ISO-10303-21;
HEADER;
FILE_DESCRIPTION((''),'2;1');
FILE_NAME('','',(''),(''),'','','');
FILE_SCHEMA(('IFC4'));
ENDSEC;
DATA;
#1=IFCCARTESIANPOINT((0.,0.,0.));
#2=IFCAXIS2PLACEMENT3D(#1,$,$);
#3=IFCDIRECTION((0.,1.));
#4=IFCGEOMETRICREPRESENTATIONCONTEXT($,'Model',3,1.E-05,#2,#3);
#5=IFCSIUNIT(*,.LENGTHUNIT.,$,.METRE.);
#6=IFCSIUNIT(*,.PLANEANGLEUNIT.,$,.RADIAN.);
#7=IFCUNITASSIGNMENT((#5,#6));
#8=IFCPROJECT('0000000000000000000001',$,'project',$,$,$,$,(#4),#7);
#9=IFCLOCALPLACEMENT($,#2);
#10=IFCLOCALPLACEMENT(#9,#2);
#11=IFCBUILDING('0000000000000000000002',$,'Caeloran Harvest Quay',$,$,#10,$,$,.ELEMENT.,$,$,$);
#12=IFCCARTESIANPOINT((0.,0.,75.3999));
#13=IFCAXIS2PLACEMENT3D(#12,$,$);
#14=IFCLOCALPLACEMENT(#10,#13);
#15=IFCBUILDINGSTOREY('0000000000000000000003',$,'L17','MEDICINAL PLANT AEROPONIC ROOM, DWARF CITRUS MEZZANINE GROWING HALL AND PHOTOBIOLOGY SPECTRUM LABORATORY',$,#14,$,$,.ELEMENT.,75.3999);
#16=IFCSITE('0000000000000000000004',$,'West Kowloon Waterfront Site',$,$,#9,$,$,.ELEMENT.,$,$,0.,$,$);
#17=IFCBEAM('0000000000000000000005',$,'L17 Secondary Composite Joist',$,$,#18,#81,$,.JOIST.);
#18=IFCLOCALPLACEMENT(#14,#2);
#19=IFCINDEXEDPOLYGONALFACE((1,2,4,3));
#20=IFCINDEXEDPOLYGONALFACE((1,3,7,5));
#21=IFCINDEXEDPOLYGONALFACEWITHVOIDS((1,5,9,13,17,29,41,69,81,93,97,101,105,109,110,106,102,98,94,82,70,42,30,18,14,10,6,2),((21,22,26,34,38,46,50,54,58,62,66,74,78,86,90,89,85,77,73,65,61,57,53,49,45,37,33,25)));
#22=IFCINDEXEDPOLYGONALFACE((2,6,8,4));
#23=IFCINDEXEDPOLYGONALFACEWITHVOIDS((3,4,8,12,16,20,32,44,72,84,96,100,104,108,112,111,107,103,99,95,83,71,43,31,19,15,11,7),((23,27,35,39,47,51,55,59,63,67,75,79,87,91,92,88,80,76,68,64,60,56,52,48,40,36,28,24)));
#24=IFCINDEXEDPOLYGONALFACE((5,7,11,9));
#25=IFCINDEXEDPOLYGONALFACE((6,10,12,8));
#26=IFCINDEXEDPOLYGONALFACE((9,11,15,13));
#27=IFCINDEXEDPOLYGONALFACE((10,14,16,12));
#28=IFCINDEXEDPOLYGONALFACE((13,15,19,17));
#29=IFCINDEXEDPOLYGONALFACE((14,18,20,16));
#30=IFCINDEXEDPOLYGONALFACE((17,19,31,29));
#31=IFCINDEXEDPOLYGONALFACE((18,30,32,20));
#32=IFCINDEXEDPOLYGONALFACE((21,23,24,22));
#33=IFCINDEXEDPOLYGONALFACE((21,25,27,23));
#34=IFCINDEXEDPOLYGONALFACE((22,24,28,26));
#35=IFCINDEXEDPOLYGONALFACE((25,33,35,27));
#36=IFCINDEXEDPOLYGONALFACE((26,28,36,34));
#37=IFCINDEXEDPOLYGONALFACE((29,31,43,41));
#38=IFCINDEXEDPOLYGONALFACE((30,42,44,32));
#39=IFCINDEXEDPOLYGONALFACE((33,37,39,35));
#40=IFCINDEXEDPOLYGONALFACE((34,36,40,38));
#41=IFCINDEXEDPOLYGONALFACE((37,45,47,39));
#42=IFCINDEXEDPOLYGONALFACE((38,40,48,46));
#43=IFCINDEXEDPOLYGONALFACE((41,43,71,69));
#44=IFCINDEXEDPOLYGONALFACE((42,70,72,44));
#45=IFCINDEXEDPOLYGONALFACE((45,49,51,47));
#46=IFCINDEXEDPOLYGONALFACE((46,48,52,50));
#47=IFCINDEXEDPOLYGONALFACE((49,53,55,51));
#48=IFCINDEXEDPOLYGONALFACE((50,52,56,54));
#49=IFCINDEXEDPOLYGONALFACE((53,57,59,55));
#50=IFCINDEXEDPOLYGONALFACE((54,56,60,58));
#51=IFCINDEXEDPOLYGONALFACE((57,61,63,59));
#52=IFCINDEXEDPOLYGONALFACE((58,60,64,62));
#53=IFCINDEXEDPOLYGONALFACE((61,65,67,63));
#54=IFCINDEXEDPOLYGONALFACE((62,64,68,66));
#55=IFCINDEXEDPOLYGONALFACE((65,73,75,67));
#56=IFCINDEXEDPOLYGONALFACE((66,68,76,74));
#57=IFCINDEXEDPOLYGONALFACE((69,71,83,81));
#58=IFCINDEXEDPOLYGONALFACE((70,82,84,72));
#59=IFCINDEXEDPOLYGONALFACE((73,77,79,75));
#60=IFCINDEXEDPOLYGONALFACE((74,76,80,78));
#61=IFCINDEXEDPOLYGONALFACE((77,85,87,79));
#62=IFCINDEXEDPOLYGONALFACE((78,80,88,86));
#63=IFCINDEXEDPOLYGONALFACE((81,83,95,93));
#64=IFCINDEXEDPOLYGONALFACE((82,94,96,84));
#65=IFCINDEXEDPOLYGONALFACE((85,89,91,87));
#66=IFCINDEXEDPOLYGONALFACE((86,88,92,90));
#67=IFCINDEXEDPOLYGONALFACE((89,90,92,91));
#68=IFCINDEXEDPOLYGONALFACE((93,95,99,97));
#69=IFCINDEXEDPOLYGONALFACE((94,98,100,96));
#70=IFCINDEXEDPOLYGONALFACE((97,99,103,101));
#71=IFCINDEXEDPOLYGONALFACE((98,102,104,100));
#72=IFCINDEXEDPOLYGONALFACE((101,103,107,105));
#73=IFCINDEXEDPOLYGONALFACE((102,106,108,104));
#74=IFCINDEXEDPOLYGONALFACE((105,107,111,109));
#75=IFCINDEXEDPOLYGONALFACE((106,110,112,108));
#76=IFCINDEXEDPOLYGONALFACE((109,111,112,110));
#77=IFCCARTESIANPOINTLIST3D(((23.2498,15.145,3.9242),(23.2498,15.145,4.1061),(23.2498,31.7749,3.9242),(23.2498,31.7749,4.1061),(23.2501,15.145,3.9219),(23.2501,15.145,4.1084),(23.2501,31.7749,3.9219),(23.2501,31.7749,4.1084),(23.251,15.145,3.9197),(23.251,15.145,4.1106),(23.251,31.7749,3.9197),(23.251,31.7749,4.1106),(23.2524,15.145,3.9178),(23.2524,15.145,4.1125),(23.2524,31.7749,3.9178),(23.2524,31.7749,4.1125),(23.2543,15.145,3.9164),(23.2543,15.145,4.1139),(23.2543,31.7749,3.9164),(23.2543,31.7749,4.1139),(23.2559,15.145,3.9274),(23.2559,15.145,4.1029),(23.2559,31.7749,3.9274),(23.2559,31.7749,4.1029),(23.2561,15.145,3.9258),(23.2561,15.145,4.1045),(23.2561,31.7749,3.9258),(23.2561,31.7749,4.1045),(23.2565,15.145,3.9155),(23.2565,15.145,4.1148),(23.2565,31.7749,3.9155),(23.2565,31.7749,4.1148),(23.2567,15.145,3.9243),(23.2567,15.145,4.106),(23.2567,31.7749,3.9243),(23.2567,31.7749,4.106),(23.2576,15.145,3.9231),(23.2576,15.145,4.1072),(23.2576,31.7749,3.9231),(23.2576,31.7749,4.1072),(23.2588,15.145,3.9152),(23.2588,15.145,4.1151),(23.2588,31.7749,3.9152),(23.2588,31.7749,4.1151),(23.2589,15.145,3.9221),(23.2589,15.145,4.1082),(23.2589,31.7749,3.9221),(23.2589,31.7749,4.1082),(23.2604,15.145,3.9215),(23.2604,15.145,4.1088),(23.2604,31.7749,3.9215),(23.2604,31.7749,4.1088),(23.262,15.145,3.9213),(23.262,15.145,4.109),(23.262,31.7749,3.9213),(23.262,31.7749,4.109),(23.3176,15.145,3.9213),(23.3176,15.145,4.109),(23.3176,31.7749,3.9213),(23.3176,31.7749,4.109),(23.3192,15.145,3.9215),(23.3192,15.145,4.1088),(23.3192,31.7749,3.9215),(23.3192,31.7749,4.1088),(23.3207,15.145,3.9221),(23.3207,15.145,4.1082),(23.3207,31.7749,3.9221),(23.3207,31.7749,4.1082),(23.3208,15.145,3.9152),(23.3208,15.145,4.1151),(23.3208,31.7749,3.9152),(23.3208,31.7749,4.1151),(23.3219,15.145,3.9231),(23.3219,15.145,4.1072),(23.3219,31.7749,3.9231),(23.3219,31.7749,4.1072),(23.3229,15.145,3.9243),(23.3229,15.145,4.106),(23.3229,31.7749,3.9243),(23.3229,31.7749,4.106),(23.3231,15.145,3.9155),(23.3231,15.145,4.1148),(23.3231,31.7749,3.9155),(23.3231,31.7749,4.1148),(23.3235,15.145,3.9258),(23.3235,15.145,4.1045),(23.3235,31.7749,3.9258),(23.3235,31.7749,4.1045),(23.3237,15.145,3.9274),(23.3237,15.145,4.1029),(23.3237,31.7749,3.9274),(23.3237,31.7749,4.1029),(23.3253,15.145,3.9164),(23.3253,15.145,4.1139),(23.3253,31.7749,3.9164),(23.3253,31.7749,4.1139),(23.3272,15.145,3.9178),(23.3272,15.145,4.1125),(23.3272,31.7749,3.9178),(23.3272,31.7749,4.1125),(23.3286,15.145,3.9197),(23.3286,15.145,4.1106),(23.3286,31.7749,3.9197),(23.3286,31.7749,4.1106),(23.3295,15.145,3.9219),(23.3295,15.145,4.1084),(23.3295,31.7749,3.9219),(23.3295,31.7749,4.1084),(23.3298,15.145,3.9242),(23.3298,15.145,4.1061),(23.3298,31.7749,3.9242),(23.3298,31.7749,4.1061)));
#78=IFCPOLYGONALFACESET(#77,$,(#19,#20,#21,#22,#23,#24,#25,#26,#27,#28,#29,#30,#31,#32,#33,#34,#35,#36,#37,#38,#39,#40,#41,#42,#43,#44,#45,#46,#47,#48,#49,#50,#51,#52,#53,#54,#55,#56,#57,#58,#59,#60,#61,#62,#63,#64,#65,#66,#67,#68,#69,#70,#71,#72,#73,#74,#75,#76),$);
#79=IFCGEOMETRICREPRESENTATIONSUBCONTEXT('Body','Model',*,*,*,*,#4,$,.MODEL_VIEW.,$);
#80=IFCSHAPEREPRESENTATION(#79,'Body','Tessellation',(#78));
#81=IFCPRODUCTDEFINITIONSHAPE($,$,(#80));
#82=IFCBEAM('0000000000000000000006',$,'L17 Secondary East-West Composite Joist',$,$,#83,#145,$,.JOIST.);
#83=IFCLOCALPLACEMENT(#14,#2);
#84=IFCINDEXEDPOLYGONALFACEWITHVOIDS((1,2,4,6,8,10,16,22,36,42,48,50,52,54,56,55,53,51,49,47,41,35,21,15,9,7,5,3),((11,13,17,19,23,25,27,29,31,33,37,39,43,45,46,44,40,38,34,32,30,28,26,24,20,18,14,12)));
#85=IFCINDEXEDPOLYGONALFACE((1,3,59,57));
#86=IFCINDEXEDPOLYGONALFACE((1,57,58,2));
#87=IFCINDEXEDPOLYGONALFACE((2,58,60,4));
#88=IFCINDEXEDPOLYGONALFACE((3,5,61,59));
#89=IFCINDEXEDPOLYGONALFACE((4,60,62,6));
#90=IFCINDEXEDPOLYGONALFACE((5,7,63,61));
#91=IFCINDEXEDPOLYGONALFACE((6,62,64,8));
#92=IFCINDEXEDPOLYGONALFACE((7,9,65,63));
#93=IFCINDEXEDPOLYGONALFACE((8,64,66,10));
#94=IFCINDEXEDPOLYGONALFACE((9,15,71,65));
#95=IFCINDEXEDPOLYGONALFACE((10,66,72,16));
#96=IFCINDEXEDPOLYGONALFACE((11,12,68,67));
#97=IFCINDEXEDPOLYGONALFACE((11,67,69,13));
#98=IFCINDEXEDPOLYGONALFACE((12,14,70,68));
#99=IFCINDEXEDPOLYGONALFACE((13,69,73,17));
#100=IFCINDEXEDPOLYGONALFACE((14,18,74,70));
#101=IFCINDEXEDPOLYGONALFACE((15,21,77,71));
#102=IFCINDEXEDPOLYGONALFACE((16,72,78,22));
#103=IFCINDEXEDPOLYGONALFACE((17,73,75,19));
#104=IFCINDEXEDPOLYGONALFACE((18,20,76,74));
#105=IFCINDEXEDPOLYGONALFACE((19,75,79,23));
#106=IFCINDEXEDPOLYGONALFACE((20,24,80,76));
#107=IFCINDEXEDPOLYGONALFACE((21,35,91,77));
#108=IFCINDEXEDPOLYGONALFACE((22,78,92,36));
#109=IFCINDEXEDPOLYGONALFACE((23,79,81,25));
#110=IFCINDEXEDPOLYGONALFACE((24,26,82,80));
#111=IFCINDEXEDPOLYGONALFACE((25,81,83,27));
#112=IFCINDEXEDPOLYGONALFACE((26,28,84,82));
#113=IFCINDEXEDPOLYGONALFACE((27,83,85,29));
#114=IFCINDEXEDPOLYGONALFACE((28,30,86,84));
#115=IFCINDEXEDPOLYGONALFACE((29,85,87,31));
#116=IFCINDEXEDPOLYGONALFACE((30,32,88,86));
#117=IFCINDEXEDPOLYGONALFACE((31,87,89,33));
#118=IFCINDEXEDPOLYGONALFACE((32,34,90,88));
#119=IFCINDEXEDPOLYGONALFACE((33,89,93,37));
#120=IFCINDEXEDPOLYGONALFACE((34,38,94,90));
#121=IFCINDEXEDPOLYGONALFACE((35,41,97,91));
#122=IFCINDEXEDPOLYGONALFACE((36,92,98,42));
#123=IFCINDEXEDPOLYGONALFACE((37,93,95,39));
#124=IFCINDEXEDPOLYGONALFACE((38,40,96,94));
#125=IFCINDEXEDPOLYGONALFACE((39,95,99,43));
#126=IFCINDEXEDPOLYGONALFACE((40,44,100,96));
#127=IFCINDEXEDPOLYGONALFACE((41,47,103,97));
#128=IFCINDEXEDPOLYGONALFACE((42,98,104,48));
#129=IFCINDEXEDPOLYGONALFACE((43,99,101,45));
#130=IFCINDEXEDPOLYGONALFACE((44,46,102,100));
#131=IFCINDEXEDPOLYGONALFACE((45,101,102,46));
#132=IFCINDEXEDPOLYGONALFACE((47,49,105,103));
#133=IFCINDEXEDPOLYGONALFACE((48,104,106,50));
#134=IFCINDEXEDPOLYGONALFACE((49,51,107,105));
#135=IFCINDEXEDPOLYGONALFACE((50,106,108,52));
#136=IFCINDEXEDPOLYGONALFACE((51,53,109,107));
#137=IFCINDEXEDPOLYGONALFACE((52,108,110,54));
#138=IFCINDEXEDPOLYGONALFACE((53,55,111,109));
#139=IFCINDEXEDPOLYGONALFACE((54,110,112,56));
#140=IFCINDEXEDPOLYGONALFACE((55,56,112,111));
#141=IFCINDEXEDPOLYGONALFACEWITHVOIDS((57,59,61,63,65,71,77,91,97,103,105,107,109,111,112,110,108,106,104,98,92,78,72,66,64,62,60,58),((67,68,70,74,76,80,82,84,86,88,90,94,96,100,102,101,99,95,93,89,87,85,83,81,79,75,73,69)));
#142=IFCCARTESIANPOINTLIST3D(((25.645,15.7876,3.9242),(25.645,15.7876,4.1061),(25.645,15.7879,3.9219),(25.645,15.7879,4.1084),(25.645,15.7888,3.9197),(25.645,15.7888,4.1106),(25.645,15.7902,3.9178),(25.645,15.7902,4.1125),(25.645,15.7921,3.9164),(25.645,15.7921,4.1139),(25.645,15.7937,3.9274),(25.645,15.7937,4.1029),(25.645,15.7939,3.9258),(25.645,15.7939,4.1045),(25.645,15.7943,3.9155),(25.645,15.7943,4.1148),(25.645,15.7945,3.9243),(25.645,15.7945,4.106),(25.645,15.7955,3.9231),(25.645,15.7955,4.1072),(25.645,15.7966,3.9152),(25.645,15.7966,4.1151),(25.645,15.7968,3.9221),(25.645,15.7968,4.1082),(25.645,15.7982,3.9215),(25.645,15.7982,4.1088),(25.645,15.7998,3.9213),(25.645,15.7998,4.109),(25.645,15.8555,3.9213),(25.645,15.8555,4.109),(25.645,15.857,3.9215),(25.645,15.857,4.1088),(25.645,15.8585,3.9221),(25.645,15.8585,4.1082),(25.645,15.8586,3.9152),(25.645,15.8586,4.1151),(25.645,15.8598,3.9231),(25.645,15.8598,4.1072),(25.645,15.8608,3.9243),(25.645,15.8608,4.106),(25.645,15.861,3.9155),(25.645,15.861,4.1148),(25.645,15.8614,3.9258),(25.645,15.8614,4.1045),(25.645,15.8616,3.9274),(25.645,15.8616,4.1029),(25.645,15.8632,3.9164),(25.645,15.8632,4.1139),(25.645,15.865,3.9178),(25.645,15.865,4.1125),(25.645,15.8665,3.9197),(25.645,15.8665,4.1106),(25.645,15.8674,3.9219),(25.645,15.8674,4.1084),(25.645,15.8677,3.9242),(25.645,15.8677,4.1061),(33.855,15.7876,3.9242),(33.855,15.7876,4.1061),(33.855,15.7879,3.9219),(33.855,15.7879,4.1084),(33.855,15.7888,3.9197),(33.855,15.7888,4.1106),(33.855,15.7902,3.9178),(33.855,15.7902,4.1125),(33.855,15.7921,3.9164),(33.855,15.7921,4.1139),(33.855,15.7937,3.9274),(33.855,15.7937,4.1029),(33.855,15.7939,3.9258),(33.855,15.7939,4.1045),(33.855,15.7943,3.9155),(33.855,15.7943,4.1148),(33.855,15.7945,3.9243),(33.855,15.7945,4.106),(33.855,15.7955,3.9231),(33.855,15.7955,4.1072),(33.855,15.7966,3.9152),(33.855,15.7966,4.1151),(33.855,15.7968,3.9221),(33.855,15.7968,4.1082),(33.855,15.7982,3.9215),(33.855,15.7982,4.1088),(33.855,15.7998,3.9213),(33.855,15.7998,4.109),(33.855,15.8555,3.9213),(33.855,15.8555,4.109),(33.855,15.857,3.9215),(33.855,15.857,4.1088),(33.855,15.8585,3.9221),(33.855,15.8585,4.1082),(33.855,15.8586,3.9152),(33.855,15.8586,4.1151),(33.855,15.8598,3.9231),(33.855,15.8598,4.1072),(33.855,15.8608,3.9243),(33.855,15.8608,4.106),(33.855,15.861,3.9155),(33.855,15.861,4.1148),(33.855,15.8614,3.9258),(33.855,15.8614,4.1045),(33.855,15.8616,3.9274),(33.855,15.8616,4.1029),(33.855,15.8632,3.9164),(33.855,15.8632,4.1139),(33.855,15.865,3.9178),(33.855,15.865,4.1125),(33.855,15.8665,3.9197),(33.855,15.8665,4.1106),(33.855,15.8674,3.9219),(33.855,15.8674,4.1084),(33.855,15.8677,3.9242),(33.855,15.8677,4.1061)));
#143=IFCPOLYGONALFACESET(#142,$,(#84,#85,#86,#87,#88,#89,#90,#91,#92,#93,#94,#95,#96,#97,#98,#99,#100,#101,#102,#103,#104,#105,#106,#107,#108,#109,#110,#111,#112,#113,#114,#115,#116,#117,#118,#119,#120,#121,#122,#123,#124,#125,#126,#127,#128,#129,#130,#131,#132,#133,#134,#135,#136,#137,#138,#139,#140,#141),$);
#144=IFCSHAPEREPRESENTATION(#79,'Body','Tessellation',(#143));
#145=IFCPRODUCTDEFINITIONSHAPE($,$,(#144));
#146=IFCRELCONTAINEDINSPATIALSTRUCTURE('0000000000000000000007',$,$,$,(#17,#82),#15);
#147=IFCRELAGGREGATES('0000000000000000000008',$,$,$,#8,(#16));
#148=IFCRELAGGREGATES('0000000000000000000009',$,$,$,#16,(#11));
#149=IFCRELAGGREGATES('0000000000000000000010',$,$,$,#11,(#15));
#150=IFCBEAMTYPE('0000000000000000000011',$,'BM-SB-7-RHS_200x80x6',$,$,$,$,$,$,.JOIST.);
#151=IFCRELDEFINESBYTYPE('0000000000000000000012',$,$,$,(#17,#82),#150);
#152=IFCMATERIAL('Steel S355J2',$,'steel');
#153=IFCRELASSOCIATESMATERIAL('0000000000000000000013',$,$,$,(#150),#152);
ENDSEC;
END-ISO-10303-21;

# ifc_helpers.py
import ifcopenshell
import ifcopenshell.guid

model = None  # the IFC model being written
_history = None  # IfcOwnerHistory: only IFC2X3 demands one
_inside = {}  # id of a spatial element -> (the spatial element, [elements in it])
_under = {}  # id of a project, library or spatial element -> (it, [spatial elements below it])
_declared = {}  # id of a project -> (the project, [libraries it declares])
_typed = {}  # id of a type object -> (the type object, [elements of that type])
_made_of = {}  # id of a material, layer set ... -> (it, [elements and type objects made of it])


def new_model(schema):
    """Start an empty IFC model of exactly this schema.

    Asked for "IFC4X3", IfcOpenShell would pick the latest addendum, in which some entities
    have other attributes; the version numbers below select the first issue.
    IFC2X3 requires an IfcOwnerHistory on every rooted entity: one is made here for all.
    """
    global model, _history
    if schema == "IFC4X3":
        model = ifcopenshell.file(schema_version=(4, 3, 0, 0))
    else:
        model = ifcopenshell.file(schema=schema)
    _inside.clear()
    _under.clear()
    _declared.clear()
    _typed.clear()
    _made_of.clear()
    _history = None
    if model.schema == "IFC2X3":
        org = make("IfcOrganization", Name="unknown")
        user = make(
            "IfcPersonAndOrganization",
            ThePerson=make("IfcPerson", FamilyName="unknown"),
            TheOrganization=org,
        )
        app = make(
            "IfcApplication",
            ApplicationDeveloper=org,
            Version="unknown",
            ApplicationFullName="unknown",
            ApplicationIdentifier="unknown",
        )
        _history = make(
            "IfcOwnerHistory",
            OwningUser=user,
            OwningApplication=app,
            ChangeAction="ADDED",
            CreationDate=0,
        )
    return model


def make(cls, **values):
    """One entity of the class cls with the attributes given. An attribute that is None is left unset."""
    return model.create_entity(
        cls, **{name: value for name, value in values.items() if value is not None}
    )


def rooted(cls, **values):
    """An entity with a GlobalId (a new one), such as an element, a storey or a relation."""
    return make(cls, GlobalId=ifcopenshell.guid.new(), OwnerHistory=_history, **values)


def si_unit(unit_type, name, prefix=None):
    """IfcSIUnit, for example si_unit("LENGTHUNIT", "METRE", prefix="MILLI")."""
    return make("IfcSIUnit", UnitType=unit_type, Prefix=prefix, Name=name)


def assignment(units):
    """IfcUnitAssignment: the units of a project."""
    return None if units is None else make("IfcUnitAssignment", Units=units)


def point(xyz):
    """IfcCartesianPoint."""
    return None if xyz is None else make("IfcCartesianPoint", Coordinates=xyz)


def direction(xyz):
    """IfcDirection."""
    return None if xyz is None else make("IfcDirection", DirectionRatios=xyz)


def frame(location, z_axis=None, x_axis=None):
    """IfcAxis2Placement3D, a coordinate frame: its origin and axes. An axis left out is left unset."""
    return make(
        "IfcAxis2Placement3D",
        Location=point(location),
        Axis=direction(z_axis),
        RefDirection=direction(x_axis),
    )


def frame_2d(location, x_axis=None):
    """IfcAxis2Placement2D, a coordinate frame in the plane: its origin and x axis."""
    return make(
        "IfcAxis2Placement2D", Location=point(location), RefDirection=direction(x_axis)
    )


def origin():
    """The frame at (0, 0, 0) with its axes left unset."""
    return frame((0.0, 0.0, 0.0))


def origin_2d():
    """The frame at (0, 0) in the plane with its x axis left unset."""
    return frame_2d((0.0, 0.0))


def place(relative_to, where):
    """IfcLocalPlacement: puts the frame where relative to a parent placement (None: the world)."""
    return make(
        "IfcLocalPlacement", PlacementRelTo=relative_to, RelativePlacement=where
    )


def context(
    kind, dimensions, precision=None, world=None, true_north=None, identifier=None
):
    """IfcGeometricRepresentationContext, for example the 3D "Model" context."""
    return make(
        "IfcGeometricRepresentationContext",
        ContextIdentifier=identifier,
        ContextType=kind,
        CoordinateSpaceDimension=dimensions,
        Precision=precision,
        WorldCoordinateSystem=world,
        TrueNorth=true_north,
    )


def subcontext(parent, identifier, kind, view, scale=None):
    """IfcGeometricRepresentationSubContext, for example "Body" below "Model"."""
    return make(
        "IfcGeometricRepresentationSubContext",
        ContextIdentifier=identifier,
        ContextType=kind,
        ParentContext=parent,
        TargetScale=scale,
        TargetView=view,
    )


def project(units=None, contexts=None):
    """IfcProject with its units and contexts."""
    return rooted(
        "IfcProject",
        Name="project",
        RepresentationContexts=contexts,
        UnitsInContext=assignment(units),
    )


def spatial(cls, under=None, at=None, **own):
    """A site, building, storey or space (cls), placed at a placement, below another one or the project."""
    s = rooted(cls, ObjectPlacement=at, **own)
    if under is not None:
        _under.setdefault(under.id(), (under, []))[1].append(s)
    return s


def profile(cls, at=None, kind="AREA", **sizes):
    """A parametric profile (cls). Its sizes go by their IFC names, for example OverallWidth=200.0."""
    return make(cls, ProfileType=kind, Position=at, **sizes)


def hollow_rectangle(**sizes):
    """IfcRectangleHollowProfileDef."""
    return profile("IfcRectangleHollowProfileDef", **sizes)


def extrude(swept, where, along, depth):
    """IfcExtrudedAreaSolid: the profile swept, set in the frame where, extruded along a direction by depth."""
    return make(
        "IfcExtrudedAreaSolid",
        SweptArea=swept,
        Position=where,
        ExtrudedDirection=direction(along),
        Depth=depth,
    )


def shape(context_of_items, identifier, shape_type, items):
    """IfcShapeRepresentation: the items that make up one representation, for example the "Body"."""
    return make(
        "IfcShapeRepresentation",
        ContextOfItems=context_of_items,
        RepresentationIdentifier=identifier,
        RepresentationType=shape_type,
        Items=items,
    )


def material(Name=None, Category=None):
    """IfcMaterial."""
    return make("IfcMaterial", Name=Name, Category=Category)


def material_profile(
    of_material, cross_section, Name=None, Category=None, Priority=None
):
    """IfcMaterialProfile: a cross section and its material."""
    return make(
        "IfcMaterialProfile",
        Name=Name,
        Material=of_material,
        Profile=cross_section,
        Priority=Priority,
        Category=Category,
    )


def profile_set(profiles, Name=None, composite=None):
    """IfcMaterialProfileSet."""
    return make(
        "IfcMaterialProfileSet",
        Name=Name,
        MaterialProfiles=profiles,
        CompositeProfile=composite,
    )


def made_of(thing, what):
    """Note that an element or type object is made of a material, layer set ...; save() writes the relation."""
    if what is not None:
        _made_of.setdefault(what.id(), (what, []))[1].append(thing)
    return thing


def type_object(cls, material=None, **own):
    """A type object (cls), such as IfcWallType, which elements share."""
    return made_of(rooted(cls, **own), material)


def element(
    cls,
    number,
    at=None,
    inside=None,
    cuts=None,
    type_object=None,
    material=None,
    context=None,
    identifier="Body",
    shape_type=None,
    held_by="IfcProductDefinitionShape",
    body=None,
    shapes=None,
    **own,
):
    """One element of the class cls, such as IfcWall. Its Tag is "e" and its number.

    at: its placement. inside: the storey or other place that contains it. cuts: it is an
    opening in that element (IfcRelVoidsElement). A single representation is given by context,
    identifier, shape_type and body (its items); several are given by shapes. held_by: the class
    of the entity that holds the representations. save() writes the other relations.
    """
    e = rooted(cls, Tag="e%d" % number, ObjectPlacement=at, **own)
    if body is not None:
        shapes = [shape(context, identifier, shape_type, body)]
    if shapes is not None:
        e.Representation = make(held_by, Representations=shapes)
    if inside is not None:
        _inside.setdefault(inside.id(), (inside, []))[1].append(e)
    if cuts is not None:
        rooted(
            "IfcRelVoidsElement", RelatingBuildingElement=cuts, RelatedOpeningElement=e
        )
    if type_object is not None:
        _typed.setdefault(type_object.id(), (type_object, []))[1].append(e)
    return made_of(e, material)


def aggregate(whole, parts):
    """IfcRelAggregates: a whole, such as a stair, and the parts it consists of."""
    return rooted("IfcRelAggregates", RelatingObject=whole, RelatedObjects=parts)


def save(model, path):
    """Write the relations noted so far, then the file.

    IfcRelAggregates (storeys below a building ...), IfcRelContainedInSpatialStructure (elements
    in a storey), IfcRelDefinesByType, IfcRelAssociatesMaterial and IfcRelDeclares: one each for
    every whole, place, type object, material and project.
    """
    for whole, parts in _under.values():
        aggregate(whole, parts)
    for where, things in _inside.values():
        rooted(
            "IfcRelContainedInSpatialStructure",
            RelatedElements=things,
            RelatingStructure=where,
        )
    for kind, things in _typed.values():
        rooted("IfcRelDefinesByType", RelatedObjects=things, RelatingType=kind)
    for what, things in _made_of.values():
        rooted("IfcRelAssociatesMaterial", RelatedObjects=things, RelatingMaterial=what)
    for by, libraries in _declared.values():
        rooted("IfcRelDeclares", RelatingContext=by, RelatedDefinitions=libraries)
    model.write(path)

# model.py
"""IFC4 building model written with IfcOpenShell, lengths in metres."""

from ifc_helpers import new_model, si_unit, direction, frame, origin, origin_2d, place, context, subcontext, project, spatial, hollow_rectangle, extrude, material, material_profile, profile_set, type_object, element, save


model = new_model("IFC4")

# Units and contexts
model_context = context("Model", 3, precision=1e-05, world=origin(), true_north=direction((0.0, 1.0)))
body_context = subcontext(model_context, "Body", "Model", "MODEL_VIEW")
ifc_project = project(units=[si_unit("LENGTHUNIT", "METRE"), si_unit("PLANEANGLEUNIT", "RADIAN")], contexts=[model_context])

# Site, building, storey
site_placement = place(None, origin())
site = spatial("IfcSite", under=ifc_project, at=site_placement, Name="West Kowloon Waterfront Site", CompositionType="ELEMENT", RefElevation=0.0)
building_placement = place(site_placement, origin())
building = spatial("IfcBuilding", under=site, at=building_placement, Name="Caeloran Harvest Quay", CompositionType="ELEMENT")
storey_placement = place(building_placement, frame((0.0, 0.0, 75.3999)))
storey = spatial("IfcBuildingStorey", under=building, at=storey_placement, Name="L17", Description="MEDICINAL PLANT AEROPONIC ROOM, DWARF CITRUS MEZZANINE GROWING HALL AND PHOTOBIOLOGY SPECTRUM LABORATORY", CompositionType="ELEMENT", Elevation=75.3999)

# Beams
ifc_material_1 = material(Name="Steel S355J2", Category="steel")
ifc_material_profile_1 = material_profile(ifc_material_1, hollow_rectangle(XDim=0.0801, YDim=0.2, WallThickness=0.0061, InnerFilletRadius=0.0061, OuterFilletRadius=0.009, at=origin_2d()), Name="RHS 200x80x6")
ifc_profile_set_1 = profile_set([ifc_material_profile_1], Name="Steel S355J2")
beam_type_1 = type_object("IfcBeamType", Name="BM-SB-7-RHS_200x80x6", PredefinedType="JOIST", material=ifc_profile_set_1)
for number, where, z_axis, x_axis, name in (
    (1, (23.2898, 15.145, 4.0151), (0.0, 1.0, 0.0), (-1.0, 0.0, 0.0), "L17 Secondary Composite Joist"),
):
    element("IfcBeam", number, at=place(storey_placement, frame(where, z_axis=z_axis, x_axis=x_axis)), inside=storey, type_object=beam_type_1, Name=name, PredefinedType="JOIST", context=body_context, shape_type="SweptSolid", body=[
        extrude(hollow_rectangle(XDim=0.0801, YDim=0.2, WallThickness=0.0061, InnerFilletRadius=0.0061, OuterFilletRadius=0.009, at=origin_2d()), origin(), (0.0, 0.0, 1.0), 16.6299),
    ])
for number, where, z_axis, x_axis, name in (
    (2, (25.645, 15.8276, 4.0151), (1.0, 0.0, 0.0), (0.0, 1.0, 0.0), "L17 Secondary East-West Composite Joist"),
):
    element("IfcBeam", number, at=place(storey_placement, frame(where, z_axis=z_axis, x_axis=x_axis)), inside=storey, type_object=beam_type_1, Name=name, PredefinedType="JOIST", context=body_context, shape_type="SweptSolid", body=[
        extrude(hollow_rectangle(XDim=0.0801, YDim=0.2, WallThickness=0.0061, InnerFilletRadius=0.0061, OuterFilletRadius=0.009, at=origin_2d()), origin(), (0.0, 0.0, 1.0), 8.21),
    ])

save(model, "model.ifc")
